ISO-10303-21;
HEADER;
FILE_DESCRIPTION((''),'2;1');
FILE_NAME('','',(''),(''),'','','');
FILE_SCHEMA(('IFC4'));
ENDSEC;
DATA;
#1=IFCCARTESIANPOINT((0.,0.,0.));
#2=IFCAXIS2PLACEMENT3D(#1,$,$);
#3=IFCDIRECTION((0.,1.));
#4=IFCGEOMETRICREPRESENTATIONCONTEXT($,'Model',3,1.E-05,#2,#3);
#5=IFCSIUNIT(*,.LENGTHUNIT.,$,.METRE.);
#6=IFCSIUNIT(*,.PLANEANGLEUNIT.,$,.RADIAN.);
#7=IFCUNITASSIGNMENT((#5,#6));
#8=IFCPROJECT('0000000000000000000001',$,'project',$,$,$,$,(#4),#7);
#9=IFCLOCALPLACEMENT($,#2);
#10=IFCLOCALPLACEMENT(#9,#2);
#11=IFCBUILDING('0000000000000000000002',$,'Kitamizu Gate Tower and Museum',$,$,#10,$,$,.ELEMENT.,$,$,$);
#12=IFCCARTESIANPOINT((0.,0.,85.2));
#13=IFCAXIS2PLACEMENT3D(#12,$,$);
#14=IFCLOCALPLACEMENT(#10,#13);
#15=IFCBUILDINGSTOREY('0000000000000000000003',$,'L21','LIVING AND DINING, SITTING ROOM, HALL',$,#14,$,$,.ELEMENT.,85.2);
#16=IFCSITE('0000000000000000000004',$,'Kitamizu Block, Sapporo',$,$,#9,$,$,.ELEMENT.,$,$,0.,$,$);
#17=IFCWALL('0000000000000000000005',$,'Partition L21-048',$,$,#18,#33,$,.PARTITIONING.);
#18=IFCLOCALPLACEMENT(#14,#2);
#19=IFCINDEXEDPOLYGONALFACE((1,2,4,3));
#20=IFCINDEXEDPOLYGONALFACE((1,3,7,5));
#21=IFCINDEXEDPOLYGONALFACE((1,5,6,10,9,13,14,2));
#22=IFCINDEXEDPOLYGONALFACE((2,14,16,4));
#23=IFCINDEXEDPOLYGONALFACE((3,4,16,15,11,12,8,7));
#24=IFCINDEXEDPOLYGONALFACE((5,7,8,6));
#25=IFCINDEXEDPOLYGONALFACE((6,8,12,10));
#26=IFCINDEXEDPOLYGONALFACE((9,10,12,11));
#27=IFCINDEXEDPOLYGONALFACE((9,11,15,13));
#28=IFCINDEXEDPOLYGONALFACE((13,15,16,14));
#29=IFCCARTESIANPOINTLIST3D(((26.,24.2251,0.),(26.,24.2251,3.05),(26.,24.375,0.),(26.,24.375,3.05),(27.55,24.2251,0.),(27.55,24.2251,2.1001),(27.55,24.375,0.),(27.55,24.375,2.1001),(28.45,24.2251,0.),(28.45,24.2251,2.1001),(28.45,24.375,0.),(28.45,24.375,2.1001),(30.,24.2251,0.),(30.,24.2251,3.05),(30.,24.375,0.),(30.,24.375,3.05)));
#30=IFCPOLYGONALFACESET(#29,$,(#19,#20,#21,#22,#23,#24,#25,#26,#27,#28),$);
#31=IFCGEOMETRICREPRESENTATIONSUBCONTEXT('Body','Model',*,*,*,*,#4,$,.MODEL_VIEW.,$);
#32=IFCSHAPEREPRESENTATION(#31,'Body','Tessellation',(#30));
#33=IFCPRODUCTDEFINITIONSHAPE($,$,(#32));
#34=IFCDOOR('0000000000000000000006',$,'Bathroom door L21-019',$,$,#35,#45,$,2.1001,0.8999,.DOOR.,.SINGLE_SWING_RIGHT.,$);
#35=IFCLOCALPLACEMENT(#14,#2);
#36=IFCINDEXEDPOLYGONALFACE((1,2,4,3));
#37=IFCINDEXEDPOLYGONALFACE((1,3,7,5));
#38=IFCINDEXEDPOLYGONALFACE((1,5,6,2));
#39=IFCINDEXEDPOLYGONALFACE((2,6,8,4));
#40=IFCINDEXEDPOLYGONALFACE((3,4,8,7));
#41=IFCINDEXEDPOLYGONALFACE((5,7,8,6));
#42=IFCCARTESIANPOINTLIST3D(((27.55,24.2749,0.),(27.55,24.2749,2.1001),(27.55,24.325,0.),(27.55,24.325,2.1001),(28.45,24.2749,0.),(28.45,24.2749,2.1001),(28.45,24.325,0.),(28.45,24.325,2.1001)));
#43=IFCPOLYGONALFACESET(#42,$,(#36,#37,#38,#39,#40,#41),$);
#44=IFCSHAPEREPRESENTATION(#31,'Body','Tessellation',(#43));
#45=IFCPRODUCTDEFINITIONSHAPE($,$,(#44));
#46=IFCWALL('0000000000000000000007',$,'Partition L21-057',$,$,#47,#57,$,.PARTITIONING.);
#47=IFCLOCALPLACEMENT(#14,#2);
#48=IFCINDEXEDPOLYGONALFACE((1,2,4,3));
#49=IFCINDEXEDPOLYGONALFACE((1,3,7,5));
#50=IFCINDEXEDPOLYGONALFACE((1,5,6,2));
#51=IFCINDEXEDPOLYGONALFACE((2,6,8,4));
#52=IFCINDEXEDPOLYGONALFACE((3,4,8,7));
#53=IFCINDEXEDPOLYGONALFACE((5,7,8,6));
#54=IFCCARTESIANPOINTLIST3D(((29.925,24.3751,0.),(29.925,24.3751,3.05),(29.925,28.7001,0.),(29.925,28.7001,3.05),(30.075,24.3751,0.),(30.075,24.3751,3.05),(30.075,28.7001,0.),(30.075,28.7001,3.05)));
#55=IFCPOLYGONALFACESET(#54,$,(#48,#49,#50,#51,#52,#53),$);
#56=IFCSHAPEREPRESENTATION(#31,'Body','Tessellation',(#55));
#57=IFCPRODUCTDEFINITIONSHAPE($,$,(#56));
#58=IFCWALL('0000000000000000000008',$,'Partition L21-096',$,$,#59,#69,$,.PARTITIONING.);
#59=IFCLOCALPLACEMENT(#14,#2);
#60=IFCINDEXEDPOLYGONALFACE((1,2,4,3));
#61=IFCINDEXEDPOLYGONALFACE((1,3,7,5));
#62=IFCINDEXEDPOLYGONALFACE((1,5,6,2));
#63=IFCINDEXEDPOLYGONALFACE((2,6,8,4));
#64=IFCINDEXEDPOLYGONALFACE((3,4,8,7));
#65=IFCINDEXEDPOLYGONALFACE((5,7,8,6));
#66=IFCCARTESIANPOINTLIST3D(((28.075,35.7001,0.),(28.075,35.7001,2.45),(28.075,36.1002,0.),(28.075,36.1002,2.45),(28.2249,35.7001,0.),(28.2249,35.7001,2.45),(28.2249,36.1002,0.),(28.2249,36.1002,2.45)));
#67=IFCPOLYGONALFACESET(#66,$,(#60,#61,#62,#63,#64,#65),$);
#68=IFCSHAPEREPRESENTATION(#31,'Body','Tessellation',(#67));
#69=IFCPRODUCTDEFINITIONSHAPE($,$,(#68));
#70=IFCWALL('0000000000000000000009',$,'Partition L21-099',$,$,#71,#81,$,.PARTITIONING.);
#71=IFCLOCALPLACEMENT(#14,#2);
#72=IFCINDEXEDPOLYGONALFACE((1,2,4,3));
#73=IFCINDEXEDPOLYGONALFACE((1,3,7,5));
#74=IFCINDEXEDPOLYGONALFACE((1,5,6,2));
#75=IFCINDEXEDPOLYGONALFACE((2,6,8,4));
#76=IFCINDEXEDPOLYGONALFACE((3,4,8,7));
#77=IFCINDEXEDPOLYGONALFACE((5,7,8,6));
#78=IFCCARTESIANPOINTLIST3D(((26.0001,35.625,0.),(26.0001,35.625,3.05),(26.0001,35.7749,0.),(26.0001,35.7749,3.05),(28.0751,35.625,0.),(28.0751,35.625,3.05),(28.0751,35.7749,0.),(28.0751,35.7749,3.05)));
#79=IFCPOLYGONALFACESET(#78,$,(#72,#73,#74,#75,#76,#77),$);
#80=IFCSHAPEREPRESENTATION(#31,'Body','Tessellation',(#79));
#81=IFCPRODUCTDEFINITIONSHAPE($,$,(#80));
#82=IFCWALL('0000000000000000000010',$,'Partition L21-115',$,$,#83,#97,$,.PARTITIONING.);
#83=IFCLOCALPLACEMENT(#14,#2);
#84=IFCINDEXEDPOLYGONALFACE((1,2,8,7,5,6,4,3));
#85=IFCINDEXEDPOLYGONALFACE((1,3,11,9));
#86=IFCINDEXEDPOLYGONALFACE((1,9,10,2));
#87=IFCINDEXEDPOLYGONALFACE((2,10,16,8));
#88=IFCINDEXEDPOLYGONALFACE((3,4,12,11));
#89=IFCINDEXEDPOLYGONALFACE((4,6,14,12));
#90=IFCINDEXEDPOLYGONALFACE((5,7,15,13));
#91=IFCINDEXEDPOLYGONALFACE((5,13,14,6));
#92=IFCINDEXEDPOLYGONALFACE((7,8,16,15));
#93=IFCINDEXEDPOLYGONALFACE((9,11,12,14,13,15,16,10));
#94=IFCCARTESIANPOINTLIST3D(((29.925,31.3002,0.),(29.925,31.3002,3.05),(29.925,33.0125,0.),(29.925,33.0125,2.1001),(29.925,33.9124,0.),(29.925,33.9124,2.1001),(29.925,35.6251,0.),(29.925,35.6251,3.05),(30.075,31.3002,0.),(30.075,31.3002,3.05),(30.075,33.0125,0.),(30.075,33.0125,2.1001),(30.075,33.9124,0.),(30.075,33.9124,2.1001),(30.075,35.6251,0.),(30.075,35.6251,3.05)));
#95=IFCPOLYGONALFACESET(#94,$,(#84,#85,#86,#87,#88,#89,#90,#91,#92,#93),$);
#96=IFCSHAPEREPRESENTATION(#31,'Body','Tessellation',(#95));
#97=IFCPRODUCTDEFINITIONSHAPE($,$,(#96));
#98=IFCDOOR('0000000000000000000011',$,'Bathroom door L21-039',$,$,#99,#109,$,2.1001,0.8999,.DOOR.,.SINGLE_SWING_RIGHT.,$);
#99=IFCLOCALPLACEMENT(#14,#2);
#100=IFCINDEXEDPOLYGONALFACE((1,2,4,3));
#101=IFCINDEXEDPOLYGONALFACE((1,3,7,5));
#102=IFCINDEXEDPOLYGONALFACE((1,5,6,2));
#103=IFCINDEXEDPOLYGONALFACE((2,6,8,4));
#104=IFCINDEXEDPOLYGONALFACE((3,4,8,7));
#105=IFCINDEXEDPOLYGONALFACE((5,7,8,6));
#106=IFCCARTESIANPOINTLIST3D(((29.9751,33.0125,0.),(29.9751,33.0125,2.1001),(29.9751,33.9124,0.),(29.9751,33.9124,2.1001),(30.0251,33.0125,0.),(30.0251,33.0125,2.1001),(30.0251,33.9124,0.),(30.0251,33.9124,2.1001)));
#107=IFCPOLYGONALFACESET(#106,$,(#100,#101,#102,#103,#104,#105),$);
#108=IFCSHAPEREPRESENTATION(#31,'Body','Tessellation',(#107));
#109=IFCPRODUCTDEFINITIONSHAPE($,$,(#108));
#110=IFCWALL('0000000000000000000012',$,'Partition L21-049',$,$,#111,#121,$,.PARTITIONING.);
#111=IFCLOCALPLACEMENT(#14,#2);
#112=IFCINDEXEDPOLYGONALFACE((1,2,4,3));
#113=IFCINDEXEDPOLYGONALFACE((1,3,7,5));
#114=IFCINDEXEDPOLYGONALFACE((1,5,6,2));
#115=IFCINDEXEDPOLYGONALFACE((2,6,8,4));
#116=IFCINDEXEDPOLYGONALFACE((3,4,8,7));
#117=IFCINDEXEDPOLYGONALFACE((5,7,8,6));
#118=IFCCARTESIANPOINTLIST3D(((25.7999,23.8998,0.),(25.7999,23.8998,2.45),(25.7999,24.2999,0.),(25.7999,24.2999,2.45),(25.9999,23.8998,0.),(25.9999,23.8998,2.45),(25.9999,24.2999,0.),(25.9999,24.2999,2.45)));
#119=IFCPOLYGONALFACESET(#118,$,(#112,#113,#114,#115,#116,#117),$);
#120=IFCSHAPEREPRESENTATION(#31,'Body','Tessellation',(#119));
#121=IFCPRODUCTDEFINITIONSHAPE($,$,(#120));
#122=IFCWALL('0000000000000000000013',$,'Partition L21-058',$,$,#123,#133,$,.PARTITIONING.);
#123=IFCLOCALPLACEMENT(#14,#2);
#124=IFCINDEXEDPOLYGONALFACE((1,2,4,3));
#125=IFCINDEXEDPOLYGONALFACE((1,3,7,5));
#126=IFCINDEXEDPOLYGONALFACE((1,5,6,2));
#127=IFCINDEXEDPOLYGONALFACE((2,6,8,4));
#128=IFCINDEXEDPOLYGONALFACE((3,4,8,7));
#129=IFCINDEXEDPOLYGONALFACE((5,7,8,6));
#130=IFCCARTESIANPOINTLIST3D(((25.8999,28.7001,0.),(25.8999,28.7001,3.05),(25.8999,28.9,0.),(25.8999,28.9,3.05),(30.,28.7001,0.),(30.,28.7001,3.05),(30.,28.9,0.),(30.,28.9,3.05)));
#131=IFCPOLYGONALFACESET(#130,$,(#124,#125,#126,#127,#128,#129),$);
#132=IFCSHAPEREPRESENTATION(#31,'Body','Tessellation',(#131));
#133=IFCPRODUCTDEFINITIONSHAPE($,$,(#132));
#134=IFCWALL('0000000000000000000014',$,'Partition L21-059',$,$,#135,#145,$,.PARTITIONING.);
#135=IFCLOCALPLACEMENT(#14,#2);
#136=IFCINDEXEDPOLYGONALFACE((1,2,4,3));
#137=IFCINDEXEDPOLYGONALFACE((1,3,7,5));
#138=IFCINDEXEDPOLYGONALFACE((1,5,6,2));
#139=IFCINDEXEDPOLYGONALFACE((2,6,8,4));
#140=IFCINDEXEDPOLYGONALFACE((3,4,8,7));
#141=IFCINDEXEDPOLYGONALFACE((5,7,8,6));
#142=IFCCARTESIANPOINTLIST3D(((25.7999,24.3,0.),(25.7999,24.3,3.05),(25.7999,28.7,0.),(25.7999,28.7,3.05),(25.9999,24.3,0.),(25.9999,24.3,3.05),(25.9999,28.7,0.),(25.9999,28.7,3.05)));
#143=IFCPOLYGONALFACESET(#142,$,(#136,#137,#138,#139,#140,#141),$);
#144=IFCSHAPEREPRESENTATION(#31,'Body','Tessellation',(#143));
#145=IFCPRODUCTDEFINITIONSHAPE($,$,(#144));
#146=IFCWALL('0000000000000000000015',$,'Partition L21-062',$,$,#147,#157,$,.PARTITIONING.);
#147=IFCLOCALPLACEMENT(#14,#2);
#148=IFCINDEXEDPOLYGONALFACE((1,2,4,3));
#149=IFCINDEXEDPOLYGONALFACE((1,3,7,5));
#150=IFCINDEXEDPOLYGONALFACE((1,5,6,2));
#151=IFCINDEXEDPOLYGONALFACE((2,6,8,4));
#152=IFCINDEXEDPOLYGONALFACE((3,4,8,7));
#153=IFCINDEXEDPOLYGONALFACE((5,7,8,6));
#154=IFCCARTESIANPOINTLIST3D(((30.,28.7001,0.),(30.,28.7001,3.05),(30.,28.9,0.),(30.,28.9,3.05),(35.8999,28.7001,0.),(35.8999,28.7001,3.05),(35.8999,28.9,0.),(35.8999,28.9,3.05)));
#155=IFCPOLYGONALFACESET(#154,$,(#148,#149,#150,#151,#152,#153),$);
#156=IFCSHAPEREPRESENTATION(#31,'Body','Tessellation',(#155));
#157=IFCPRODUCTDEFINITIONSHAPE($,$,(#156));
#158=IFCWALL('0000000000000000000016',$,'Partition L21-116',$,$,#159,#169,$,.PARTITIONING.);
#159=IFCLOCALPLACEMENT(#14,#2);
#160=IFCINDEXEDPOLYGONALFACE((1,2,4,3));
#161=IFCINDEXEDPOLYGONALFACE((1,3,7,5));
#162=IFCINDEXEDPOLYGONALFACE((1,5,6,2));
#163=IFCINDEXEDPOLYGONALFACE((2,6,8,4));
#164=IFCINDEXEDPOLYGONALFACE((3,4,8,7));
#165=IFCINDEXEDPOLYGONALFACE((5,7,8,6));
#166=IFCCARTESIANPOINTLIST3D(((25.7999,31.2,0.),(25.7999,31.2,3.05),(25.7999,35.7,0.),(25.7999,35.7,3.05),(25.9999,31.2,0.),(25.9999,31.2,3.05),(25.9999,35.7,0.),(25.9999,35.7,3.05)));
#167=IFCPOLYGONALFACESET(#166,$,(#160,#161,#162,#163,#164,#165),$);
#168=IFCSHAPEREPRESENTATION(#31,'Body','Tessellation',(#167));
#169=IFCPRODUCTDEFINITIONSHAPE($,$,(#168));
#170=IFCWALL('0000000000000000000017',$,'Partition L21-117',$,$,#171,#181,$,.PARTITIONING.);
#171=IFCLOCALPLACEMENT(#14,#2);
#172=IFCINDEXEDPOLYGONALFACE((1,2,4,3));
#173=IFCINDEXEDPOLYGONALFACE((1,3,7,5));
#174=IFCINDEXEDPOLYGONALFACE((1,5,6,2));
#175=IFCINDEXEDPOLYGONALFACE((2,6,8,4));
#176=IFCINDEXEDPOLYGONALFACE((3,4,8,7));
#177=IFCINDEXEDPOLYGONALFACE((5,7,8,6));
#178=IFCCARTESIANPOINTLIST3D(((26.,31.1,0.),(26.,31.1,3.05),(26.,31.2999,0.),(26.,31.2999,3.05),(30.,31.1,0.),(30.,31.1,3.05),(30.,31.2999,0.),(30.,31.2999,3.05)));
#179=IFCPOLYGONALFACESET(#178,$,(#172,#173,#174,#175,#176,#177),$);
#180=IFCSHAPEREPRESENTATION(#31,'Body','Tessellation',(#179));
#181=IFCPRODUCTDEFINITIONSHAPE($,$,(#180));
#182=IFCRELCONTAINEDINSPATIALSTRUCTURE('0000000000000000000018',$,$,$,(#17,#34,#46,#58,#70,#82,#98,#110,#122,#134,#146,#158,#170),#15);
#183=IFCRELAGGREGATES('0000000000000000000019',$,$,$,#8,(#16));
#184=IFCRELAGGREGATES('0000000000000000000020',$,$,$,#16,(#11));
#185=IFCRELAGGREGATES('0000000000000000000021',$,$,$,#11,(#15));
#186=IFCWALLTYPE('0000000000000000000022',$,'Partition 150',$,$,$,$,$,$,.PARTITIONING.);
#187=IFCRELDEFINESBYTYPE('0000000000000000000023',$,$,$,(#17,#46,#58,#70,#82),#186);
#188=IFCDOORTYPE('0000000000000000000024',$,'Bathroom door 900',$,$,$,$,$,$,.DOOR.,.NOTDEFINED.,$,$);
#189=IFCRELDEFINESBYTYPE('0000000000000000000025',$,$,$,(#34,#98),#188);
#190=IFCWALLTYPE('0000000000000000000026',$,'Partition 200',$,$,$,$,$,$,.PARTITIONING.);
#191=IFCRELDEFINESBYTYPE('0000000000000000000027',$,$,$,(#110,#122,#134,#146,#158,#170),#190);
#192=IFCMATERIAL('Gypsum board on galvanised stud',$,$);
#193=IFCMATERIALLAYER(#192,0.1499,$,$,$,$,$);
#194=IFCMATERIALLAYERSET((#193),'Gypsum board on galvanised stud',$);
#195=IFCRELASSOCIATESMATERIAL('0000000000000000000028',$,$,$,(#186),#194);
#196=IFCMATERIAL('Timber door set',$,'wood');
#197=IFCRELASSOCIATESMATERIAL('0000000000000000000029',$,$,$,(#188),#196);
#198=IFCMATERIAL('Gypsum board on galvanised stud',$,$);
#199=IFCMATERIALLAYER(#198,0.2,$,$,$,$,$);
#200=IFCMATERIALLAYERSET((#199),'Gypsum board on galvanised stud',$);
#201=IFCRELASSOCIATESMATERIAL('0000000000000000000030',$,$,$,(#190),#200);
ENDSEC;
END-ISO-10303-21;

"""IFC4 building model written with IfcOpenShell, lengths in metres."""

from ifc_helpers import new_model, si_unit, direction, frame, frame_2d, origin, place, context, subcontext, project, spatial, rectangle, extrude, material, layer, layer_set, type_object, element, fill, save


model = new_model("IFC4")

# Units and contexts
model_context = context("Model", 3, precision=1e-05, world=origin(), true_north=direction((0.0, 1.0)))
body_context = subcontext(model_context, "Body", "Model", "MODEL_VIEW")
ifc_project = project(units=[si_unit("LENGTHUNIT", "METRE"), si_unit("PLANEANGLEUNIT", "RADIAN")], contexts=[model_context])

# Site, building, storey
site_placement = place(None, origin())
site = spatial("IfcSite", under=ifc_project, at=site_placement, Name="Kitamizu Block, Sapporo", CompositionType="ELEMENT", RefElevation=0.0)
building_placement = place(site_placement, origin())
building = spatial("IfcBuilding", under=site, at=building_placement, Name="Kitamizu Gate Tower and Museum", CompositionType="ELEMENT")
storey_placement = place(building_placement, frame((0.0, 0.0, 85.2)))
storey = spatial("IfcBuildingStorey", under=building, at=storey_placement, Name="L21", Description="LIVING AND DINING, SITTING ROOM, HALL", CompositionType="ELEMENT", Elevation=85.2)

# Wall, opening, door
ifc_material_1 = material(Name="Gypsum board on galvanised stud")
ifc_layer_1 = layer(ifc_material_1, 0.1499)
ifc_layer_set_1 = layer_set([ifc_layer_1], Name="Gypsum board on galvanised stud")
wall_type_1 = type_object("IfcWallType", Name="Partition 150", PredefinedType="PARTITIONING", material=ifc_layer_set_1)
wall_1_placement = place(storey_placement, frame((30.0, 24.3, 0.0), z_axis=(0.0, 0.0, 1.0), x_axis=(-1.0, 0.0, 0.0)))
wall_1 = element("IfcWall", 1, at=wall_1_placement, inside=storey, type_object=wall_type_1, Name="Partition L21-048", PredefinedType="PARTITIONING", context=body_context, shape_type="SweptSolid", body=[
    extrude(rectangle(XDim=4.0, YDim=0.1499, at=frame_2d((2.0, 0.0))), origin(), (0.0, 0.0, 1.0), 3.05),
])
opening_1_placement = place(wall_1_placement, frame((1.55, 0.0, 0.0)))
opening_1 = element("IfcOpeningElement", 2, at=opening_1_placement, cuts=wall_1, PredefinedType="OPENING", context=body_context, shape_type="SweptSolid", body=[
    extrude(rectangle(XDim=0.8999, YDim=2.1001, at=frame_2d((0.45, 1.05))), frame((0.0, 0.085, 0.0), z_axis=(0.0, -1.0, 0.0), x_axis=(1.0, 0.0, 0.0)), (0.0, 0.0, 1.0), 0.1699),
])
ifc_material_2 = material(Name="Timber door set", Category="wood")
door_type_1 = type_object("IfcDoorType", Name="Bathroom door 900", OperationType="NOTDEFINED", PredefinedType="DOOR", material=ifc_material_2)
door_1_placement = place(opening_1_placement, frame((0.8999, 0.0, 0.0), x_axis=(-1.0, 0.0, 0.0)))
door_1 = element("IfcDoor", 3, at=door_1_placement, inside=storey, type_object=door_type_1, Name="Bathroom door L21-019", OperationType="SINGLE_SWING_RIGHT", OverallHeight=2.1001, OverallWidth=0.8999, PredefinedType="DOOR", context=body_context, shape_type="SweptSolid", body=[
    extrude(rectangle(XDim=0.8999, YDim=2.1001, at=frame_2d((0.45, 1.05))), frame((0.0, 0.0249, 0.0), z_axis=(0.0, -1.0, 0.0), x_axis=(1.0, 0.0, 0.0)), (0.0, 0.0, 1.0), 0.05),
])
fill(opening_1, door_1)

# Walls
wall_2_placement = place(storey_placement, frame((30.0, 24.375, 0.0), z_axis=(0.0, 0.0, 1.0), x_axis=(0.0, 1.0, 0.0)))
element("IfcWall", 4, at=wall_2_placement, inside=storey, type_object=wall_type_1, Name="Partition L21-057", PredefinedType="PARTITIONING", context=body_context, shape_type="SweptSolid", body=[
    extrude(rectangle(XDim=4.325, YDim=0.1499, at=frame_2d((2.1626, 0.0))), origin(), (0.0, 0.0, 1.0), 3.05),
])
wall_3_placement = place(storey_placement, frame((28.1499, 35.7, 0.0), z_axis=(0.0, 0.0, 1.0), x_axis=(0.0, 1.0, 0.0)))
element("IfcWall", 5, at=wall_3_placement, inside=storey, type_object=wall_type_1, Name="Partition L21-096", PredefinedType="PARTITIONING", context=body_context, shape_type="SweptSolid", body=[
    extrude(rectangle(XDim=0.4001, YDim=0.1499, at=frame_2d((0.2002, 0.0))), origin(), (0.0, 0.0, 1.0), 2.45),
])
wall_4_placement = place(storey_placement, frame((26.0, 35.7, 0.0), z_axis=(0.0, 0.0, 1.0), x_axis=(1.0, 0.0, 0.0)))
element("IfcWall", 6, at=wall_4_placement, inside=storey, type_object=wall_type_1, Name="Partition L21-099", PredefinedType="PARTITIONING", context=body_context, shape_type="SweptSolid", body=[
    extrude(rectangle(XDim=2.075, YDim=0.1499, at=frame_2d((1.0376, 0.0))), origin(), (0.0, 0.0, 1.0), 3.05),
])

# Wall, opening, door
wall_5_placement = place(storey_placement, frame((30.0, 31.3, 0.0), z_axis=(0.0, 0.0, 1.0), x_axis=(0.0, 1.0, 0.0)))
wall_5 = element("IfcWall", 7, at=wall_5_placement, inside=storey, type_object=wall_type_1, Name="Partition L21-115", PredefinedType="PARTITIONING", context=body_context, shape_type="SweptSolid", body=[
    extrude(rectangle(XDim=4.325, YDim=0.1499, at=frame_2d((2.1626, 0.0))), origin(), (0.0, 0.0, 1.0), 3.05),
])
opening_2_placement = place(wall_5_placement, frame((1.7124, 0.0, 0.0)))
opening_2 = element("IfcOpeningElement", 8, at=opening_2_placement, cuts=wall_5, PredefinedType="OPENING", context=body_context, shape_type="SweptSolid", body=[
    extrude(rectangle(XDim=0.8999, YDim=2.1001, at=frame_2d((0.45, 1.05))), frame((0.0, 0.085, 0.0), z_axis=(0.0, -1.0, 0.0), x_axis=(1.0, 0.0, 0.0)), (0.0, 0.0, 1.0), 0.1699),
])
door_2_placement = place(opening_2_placement, origin())
door_2 = element("IfcDoor", 9, at=door_2_placement, inside=storey, type_object=door_type_1, Name="Bathroom door L21-039", OperationType="SINGLE_SWING_RIGHT", OverallHeight=2.1001, OverallWidth=0.8999, PredefinedType="DOOR", context=body_context, shape_type="SweptSolid", body=[
    extrude(rectangle(XDim=0.8999, YDim=2.1001, at=frame_2d((0.45, 1.05))), frame((0.0, 0.0249, 0.0), z_axis=(0.0, -1.0, 0.0), x_axis=(1.0, 0.0, 0.0)), (0.0, 0.0, 1.0), 0.05),
])
fill(opening_2, door_2)

# Walls
ifc_material_3 = material(Name="Gypsum board on galvanised stud")
ifc_layer_2 = layer(ifc_material_3, 0.2)
ifc_layer_set_2 = layer_set([ifc_layer_2], Name="Gypsum board on galvanised stud")
wall_type_2 = type_object("IfcWallType", Name="Partition 200", PredefinedType="PARTITIONING", material=ifc_layer_set_2)
wall_6_placement = place(storey_placement, frame((25.8999, 24.3, 0.0), z_axis=(0.0, 0.0, 1.0), x_axis=(0.0, -1.0, 0.0)))
element("IfcWall", 10, at=wall_6_placement, inside=storey, type_object=wall_type_2, Name="Partition L21-049", PredefinedType="PARTITIONING", context=body_context, shape_type="SweptSolid", body=[
    extrude(rectangle(XDim=0.4001, YDim=0.2, at=frame_2d((0.2002, 0.0))), origin(), (0.0, 0.0, 1.0), 2.45),
])
wall_7_placement = place(storey_placement, frame((30.0, 28.8, 0.0), z_axis=(0.0, 0.0, 1.0), x_axis=(-1.0, 0.0, 0.0)))
element("IfcWall", 11, at=wall_7_placement, inside=storey, type_object=wall_type_2, Name="Partition L21-058", PredefinedType="PARTITIONING", context=body_context, shape_type="SweptSolid", body=[
    extrude(rectangle(XDim=4.1001, YDim=0.2, at=frame_2d((2.05, 0.0))), origin(), (0.0, 0.0, 1.0), 3.05),
])
wall_8_placement = place(storey_placement, frame((25.8999, 28.7, 0.0), z_axis=(0.0, 0.0, 1.0), x_axis=(0.0, -1.0, 0.0)))
element("IfcWall", 12, at=wall_8_placement, inside=storey, type_object=wall_type_2, Name="Partition L21-059", PredefinedType="PARTITIONING", context=body_context, shape_type="SweptSolid", body=[
    extrude(rectangle(XDim=4.3999, YDim=0.2, at=frame_2d((2.2, 0.0))), origin(), (0.0, 0.0, 1.0), 3.05),
])
wall_9_placement = place(storey_placement, frame((35.8999, 28.8, 0.0), z_axis=(0.0, 0.0, 1.0), x_axis=(-1.0, 0.0, 0.0)))
element("IfcWall", 13, at=wall_9_placement, inside=storey, type_object=wall_type_2, Name="Partition L21-062", PredefinedType="PARTITIONING", context=body_context, shape_type="SweptSolid", body=[
    extrude(rectangle(XDim=5.8999, YDim=0.2, at=frame_2d((2.95, 0.0))), origin(), (0.0, 0.0, 1.0), 3.05),
])
wall_10_placement = place(storey_placement, frame((25.8999, 35.7, 0.0), z_axis=(0.0, 0.0, 1.0), x_axis=(0.0, -1.0, 0.0)))
element("IfcWall", 14, at=wall_10_placement, inside=storey, type_object=wall_type_2, Name="Partition L21-116", PredefinedType="PARTITIONING", context=body_context, shape_type="SweptSolid", body=[
    extrude(rectangle(XDim=4.5, YDim=0.2, at=frame_2d((2.25, 0.0))), origin(), (0.0, 0.0, 1.0), 3.05),
])
wall_11_placement = place(storey_placement, frame((26.0, 31.2, 0.0), z_axis=(0.0, 0.0, 1.0), x_axis=(1.0, 0.0, 0.0)))
element("IfcWall", 15, at=wall_11_placement, inside=storey, type_object=wall_type_2, Name="Partition L21-117", PredefinedType="PARTITIONING", context=body_context, shape_type="SweptSolid", body=[
    extrude(rectangle(XDim=4.0, YDim=0.2, at=frame_2d((2.0, 0.0))), origin(), (0.0, 0.0, 1.0), 3.05),
])

save(model, "model.ifc")
